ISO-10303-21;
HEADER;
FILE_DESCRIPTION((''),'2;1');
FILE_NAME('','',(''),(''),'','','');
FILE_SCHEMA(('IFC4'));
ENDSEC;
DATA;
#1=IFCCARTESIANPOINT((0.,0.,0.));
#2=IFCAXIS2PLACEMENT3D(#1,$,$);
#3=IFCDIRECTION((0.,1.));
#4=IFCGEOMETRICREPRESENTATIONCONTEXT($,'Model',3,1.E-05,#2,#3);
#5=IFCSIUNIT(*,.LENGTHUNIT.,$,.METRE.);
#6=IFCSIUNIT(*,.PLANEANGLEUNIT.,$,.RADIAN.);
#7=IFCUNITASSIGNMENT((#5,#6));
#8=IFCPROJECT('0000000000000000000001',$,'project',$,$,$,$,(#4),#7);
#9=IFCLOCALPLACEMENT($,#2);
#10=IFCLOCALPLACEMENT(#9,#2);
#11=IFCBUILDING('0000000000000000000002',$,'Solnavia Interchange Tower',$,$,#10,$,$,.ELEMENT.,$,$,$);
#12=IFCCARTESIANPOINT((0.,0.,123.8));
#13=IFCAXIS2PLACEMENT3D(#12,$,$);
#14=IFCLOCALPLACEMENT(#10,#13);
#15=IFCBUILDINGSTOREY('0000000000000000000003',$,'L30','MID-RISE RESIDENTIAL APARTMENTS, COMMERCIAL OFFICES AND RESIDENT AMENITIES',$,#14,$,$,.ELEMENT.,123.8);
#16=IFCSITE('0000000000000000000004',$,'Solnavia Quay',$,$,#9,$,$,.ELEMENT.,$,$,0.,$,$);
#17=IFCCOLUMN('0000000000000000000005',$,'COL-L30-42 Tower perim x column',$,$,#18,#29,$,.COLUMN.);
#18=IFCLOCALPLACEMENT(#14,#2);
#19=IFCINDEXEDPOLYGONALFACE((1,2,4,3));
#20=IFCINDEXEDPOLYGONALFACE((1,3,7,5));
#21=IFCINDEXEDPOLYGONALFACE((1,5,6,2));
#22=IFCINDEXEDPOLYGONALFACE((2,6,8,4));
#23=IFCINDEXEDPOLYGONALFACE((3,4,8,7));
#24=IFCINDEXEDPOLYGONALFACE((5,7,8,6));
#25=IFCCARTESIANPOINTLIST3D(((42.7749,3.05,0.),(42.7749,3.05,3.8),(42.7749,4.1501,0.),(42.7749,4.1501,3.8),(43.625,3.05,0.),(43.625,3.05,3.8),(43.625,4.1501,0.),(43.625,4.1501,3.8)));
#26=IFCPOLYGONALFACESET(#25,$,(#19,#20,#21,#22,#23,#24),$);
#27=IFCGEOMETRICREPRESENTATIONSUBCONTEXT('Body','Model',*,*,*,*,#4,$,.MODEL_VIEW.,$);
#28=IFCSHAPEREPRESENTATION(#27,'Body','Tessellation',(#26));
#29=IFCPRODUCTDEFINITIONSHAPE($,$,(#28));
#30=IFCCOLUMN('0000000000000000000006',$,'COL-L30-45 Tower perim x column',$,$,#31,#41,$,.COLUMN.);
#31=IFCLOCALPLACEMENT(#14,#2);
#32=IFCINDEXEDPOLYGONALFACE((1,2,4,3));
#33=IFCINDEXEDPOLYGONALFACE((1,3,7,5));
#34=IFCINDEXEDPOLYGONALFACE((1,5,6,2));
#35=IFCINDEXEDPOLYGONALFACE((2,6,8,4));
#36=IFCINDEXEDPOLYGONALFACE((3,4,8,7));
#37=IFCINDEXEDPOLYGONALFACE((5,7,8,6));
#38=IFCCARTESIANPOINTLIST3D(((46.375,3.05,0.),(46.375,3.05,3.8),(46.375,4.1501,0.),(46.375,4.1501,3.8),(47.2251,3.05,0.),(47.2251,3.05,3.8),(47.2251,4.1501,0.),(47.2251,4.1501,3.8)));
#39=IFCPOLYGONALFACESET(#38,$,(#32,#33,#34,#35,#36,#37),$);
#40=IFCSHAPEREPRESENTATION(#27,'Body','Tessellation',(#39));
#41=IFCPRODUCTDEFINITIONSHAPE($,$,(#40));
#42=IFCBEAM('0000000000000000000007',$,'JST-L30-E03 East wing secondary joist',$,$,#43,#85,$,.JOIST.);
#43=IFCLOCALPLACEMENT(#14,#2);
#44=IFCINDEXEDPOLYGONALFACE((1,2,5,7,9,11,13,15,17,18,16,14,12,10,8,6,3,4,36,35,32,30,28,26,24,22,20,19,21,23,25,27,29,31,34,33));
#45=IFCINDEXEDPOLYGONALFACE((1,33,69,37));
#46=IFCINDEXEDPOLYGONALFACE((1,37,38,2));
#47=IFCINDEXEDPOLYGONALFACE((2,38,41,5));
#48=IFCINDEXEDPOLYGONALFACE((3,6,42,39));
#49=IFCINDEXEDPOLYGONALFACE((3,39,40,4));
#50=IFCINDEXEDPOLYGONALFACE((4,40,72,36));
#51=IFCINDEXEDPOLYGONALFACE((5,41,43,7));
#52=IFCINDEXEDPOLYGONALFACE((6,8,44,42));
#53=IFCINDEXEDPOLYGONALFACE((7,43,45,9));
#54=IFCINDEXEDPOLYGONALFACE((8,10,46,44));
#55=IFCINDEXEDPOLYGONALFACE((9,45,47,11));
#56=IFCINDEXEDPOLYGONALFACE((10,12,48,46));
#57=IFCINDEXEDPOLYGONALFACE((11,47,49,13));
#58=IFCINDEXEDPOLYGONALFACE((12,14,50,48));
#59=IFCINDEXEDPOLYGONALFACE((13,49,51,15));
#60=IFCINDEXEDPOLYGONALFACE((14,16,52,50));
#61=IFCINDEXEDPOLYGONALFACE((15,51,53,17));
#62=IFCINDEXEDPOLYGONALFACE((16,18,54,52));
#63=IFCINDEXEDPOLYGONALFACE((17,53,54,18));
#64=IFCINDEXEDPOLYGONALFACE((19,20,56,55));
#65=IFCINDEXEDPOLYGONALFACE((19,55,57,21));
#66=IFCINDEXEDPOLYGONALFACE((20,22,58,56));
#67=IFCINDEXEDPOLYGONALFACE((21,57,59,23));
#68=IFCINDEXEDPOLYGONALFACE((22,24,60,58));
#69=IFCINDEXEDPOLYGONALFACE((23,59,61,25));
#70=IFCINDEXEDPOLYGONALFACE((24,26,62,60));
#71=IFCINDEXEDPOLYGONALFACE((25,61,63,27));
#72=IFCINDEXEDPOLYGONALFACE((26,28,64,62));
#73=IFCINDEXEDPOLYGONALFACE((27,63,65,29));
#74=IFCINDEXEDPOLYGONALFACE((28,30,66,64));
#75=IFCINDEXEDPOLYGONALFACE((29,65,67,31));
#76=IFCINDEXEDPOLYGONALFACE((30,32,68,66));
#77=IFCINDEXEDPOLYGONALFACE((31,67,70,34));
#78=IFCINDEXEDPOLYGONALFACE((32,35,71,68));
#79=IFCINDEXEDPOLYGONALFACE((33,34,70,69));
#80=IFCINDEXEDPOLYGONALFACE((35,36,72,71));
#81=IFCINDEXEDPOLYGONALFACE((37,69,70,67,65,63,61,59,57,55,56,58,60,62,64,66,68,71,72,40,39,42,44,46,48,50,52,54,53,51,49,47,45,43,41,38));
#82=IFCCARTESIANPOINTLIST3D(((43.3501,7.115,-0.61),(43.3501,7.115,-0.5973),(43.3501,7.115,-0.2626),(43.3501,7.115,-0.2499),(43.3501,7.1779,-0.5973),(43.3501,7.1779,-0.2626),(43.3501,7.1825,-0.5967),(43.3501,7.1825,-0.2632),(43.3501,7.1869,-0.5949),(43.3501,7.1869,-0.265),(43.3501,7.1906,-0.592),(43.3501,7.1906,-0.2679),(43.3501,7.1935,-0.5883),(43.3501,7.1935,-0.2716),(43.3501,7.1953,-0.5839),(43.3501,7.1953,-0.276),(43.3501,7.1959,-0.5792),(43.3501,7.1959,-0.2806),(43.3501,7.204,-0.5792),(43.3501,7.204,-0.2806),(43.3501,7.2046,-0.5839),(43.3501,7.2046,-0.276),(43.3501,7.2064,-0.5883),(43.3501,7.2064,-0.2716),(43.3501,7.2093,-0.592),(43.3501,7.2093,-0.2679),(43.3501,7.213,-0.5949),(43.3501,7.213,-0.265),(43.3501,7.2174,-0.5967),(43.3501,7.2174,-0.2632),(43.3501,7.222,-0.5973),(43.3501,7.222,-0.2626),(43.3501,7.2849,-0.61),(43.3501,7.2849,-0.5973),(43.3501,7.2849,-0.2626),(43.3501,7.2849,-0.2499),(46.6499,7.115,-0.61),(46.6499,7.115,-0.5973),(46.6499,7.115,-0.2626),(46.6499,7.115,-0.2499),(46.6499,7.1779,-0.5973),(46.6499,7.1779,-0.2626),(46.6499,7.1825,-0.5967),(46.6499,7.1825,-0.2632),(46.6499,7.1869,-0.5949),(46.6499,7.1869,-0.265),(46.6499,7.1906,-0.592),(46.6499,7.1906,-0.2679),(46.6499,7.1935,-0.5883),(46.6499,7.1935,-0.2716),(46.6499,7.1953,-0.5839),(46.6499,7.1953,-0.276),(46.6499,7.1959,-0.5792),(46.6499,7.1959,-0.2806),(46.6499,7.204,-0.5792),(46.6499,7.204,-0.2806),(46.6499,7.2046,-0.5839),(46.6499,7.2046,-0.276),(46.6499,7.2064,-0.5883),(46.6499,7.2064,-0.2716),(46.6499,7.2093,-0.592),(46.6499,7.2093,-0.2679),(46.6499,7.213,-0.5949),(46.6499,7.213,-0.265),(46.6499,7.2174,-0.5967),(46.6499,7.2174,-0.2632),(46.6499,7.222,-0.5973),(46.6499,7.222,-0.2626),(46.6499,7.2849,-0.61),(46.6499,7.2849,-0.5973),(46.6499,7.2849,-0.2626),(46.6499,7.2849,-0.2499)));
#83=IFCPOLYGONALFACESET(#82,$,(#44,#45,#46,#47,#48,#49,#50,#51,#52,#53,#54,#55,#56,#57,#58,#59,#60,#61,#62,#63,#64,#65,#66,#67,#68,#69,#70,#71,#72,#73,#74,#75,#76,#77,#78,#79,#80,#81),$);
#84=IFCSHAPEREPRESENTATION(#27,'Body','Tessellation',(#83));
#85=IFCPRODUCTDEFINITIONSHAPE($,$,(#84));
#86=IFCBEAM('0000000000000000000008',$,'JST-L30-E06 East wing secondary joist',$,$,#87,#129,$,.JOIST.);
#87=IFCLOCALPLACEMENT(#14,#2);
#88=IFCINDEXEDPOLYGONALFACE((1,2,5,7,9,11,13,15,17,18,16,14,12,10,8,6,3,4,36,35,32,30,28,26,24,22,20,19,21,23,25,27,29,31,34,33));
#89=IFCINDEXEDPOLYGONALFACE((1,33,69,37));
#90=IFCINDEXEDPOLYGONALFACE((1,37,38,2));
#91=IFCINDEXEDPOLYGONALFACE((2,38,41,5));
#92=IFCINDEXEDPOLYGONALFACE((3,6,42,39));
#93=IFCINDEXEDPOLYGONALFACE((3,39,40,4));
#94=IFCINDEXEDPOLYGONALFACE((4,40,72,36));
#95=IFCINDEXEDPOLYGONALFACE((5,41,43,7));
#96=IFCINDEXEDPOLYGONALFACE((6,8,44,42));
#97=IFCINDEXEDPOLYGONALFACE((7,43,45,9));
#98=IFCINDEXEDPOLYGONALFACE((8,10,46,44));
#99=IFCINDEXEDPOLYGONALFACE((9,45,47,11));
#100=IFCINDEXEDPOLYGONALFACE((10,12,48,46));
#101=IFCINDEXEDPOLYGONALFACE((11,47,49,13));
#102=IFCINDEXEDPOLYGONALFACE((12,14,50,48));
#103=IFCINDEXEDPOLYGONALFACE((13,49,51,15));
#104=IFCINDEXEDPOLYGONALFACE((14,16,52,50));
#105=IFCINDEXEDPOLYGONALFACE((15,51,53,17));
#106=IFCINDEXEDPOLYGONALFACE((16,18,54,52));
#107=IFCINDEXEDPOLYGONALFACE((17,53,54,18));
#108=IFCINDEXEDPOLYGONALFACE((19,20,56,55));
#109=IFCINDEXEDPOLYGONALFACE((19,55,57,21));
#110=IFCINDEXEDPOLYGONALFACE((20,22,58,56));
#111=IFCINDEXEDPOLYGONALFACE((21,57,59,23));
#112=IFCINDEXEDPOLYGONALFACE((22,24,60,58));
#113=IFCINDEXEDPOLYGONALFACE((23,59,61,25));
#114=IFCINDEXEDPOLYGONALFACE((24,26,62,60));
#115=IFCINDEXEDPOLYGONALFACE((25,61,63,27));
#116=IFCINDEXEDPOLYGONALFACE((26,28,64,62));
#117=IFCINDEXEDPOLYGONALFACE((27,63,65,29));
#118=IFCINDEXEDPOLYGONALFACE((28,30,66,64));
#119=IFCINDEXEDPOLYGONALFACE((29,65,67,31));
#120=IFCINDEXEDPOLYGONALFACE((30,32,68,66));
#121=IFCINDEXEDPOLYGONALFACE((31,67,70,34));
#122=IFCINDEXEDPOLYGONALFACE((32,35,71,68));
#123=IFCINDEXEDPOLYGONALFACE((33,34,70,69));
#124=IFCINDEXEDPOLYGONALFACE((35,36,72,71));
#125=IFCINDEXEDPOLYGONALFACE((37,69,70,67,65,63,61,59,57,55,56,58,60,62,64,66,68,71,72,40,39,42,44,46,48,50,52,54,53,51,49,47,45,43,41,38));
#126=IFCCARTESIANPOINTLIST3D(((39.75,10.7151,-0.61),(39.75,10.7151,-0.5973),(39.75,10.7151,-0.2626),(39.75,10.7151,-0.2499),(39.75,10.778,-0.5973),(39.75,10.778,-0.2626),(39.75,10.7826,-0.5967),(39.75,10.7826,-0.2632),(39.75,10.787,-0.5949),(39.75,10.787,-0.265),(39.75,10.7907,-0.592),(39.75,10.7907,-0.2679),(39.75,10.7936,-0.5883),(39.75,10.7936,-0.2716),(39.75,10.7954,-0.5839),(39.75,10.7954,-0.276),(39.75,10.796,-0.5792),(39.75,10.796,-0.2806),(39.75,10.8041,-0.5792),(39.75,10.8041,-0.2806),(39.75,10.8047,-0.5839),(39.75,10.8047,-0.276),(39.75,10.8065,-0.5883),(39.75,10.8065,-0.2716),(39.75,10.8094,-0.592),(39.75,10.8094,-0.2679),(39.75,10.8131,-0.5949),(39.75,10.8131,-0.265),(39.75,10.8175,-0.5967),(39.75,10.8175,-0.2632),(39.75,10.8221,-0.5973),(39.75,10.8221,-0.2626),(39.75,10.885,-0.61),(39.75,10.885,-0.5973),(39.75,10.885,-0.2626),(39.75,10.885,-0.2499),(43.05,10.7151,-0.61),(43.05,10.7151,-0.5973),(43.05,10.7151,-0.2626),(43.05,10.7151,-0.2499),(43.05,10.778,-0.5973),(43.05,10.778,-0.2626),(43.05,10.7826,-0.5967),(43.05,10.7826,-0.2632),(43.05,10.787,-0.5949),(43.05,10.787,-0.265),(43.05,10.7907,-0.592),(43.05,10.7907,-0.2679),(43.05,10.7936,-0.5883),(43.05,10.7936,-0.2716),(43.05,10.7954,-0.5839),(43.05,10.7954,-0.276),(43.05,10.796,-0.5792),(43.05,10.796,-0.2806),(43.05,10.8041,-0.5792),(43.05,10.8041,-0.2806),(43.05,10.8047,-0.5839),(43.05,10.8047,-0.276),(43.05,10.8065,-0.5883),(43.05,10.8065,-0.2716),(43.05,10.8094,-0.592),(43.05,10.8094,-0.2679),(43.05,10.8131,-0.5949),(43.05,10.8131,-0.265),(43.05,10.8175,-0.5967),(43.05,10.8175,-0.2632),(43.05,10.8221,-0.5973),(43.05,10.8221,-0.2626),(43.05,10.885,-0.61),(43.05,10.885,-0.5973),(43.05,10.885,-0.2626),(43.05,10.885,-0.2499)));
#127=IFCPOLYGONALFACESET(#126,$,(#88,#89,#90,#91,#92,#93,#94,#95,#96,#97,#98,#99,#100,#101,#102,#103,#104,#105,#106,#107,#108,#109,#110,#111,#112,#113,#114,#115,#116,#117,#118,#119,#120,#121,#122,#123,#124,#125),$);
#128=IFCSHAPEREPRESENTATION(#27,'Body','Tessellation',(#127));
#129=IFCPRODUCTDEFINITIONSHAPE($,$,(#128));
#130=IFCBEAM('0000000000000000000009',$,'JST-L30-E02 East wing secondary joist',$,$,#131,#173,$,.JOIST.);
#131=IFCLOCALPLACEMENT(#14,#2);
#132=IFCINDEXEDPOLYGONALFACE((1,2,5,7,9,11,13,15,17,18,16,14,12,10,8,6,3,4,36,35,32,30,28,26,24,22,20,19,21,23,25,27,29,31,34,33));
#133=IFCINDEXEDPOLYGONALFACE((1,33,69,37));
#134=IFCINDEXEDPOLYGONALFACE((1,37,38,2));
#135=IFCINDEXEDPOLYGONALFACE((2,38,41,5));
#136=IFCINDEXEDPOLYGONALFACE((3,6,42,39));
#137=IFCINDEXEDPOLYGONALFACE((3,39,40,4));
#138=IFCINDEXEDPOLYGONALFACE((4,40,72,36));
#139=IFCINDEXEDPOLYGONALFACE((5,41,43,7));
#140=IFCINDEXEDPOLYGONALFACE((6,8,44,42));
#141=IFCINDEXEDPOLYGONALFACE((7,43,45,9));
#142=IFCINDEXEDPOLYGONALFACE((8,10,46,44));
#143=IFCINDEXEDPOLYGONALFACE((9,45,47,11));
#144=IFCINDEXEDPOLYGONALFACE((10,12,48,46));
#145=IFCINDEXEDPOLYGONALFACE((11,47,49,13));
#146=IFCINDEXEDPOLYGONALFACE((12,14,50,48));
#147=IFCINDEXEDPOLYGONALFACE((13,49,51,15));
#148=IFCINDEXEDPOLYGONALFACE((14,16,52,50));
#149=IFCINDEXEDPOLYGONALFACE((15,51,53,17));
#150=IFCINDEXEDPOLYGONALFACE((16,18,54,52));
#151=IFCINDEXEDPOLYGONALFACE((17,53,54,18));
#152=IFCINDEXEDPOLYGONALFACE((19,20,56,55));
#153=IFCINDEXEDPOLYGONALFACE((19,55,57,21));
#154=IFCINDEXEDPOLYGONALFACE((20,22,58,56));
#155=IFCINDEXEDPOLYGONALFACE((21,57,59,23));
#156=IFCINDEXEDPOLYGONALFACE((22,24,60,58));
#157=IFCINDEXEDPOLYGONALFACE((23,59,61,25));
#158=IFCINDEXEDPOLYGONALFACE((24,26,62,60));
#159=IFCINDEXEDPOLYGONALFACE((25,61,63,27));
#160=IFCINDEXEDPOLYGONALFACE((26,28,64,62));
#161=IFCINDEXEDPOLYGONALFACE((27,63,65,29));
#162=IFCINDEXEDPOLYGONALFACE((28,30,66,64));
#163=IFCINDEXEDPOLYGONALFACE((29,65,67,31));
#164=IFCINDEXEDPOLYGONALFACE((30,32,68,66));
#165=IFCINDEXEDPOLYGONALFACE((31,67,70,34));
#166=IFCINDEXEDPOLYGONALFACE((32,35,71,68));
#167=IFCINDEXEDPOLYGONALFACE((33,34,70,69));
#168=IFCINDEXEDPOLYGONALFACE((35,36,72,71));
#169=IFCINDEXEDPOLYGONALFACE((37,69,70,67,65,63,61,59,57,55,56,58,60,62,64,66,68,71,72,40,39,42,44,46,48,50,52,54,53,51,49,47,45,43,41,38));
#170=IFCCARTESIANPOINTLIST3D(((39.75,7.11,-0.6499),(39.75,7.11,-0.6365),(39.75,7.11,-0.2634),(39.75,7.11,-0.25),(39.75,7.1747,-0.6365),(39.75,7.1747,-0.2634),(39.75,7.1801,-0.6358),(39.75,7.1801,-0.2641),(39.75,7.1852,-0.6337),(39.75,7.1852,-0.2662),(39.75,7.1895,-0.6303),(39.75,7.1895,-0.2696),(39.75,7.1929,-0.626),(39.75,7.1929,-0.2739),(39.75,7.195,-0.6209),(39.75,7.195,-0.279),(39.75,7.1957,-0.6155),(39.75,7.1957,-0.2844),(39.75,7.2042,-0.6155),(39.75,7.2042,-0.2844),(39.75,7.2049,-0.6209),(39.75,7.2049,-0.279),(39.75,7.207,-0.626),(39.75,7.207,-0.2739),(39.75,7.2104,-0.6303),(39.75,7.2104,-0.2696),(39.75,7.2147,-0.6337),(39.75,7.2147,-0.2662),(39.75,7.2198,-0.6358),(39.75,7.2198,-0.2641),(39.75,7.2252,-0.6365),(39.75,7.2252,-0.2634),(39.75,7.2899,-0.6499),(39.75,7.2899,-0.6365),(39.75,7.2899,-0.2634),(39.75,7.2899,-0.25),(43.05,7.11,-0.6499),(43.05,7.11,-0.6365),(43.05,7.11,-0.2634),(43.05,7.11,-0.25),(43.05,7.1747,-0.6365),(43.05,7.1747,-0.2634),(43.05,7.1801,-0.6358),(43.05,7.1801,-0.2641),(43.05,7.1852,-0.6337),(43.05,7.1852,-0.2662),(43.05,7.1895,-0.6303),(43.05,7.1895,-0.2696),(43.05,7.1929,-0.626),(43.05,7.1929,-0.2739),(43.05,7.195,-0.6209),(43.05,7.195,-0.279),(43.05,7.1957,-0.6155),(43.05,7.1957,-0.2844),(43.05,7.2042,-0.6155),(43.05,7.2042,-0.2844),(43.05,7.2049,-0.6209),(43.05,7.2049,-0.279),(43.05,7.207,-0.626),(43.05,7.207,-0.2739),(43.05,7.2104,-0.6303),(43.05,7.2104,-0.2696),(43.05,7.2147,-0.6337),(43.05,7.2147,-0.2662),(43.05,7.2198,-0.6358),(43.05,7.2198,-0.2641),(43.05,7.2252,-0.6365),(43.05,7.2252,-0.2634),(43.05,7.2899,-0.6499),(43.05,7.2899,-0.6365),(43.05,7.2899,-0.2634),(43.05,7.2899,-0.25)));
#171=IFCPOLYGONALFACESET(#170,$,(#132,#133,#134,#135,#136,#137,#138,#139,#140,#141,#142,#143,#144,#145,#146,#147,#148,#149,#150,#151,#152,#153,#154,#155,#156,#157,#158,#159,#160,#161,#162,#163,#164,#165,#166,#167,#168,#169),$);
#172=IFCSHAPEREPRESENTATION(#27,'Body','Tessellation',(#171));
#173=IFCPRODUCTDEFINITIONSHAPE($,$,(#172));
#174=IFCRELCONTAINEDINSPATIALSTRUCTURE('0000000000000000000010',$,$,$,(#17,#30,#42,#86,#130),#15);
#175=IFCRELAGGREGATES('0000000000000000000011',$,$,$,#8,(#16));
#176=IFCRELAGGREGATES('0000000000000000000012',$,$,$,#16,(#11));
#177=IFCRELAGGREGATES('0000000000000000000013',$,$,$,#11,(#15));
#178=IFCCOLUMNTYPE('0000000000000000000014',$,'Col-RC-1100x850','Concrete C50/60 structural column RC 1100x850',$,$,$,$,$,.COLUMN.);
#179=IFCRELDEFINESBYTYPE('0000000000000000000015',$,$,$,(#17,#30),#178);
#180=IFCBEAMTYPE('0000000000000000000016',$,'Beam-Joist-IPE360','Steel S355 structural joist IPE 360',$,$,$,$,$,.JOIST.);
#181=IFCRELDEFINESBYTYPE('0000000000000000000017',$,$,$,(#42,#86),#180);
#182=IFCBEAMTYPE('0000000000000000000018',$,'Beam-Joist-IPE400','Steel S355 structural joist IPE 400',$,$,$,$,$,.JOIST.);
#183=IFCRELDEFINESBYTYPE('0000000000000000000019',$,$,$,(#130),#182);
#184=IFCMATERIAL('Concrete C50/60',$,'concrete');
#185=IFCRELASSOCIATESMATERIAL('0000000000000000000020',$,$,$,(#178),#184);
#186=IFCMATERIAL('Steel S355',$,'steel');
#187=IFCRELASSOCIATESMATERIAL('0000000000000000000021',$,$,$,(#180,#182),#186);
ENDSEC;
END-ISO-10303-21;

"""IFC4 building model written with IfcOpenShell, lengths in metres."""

from ifc_helpers import new_model, si_unit, direction, frame, origin, origin_2d, place, context, subcontext, project, spatial, rectangle, i_section, extrude, material, material_profile, profile_set, type_object, element, save


model = new_model("IFC4")

# Units and contexts
model_context = context("Model", 3, precision=1e-05, world=origin(), true_north=direction((0.0, 1.0)))
body_context = subcontext(model_context, "Body", "Model", "MODEL_VIEW")
ifc_project = project(units=[si_unit("LENGTHUNIT", "METRE"), si_unit("PLANEANGLEUNIT", "RADIAN")], contexts=[model_context])

# Site, building, storey
site_placement = place(None, origin())
site = spatial("IfcSite", under=ifc_project, at=site_placement, Name="Solnavia Quay", CompositionType="ELEMENT", RefElevation=0.0)
building_placement = place(site_placement, origin())
building = spatial("IfcBuilding", under=site, at=building_placement, Name="Solnavia Interchange Tower", CompositionType="ELEMENT")
storey_placement = place(building_placement, frame((0.0, 0.0, 123.8)))
storey = spatial("IfcBuildingStorey", under=building, at=storey_placement, Name="L30", Description="MID-RISE RESIDENTIAL APARTMENTS, COMMERCIAL OFFICES AND RESIDENT AMENITIES", CompositionType="ELEMENT", Elevation=123.8)

# Columns
ifc_material_1 = material(Name="Concrete C50/60", Category="concrete")
ifc_material_profile_1 = material_profile(ifc_material_1, rectangle(XDim=0.8501, YDim=1.1001, at=origin_2d()), Name="RC 1100x850")
ifc_profile_set_1 = profile_set([ifc_material_profile_1], Name="Concrete C50/60")
column_type = type_object("IfcColumnType", Name="Col-RC-1100x850", Description="Concrete C50/60 structural column RC 1100x850", PredefinedType="COLUMN", material=ifc_profile_set_1)
for number, where, z_axis, x_axis, name in (
    (1, (43.2, 3.6001, 0.0), (0.0, 0.0, 1.0), (1.0, 0.0, 0.0), "COL-L30-42 Tower perim x column"),
    (2, (46.8, 3.6001, 0.0), (0.0, 0.0, 1.0), (1.0, 0.0, 0.0), "COL-L30-45 Tower perim x column"),
):
    element("IfcColumn", number, at=place(storey_placement, frame(where, z_axis=z_axis, x_axis=x_axis)), inside=storey, type_object=column_type, Name=name, PredefinedType="COLUMN", context=body_context, shape_type="SweptSolid", body=[
        extrude(rectangle(XDim=0.8501, YDim=1.1001, at=origin_2d()), origin(), (0.0, 0.0, 1.0), 3.8),
    ])

# Beams
ifc_material_2 = material(Name="Steel S355", Category="steel")
ifc_material_profile_2 = material_profile(ifc_material_2, i_section(OverallWidth=0.1699, OverallDepth=0.3601, WebThickness=0.0081, FlangeThickness=0.0127, FilletRadius=0.0181, at=origin_2d()), Name="IPE 360")
ifc_profile_set_2 = profile_set([ifc_material_profile_2], Name="Steel S355")
beam_type_1 = type_object("IfcBeamType", Name="Beam-Joist-IPE360", Description="Steel S355 structural joist IPE 360", PredefinedType="JOIST", material=ifc_profile_set_2)
beam_1_placement = place(storey_placement, frame((43.3501, 7.2, -0.4299), z_axis=(1.0, 0.0, 0.0), x_axis=(0.0, 1.0, 0.0)))
element("IfcBeam", 3, at=beam_1_placement, inside=storey, type_object=beam_type_1, Name="JST-L30-E03 East wing secondary joist", PredefinedType="JOIST", context=body_context, shape_type="SweptSolid", body=[
    extrude(i_section(OverallWidth=0.1699, OverallDepth=0.3601, WebThickness=0.0081, FlangeThickness=0.0127, FilletRadius=0.0181, at=origin_2d()), origin(), (0.0, 0.0, 1.0), 3.2998),
])
beam_2_placement = place(storey_placement, frame((39.75, 10.8, -0.4299), z_axis=(1.0, 0.0, 0.0), x_axis=(0.0, 1.0, 0.0)))
element("IfcBeam", 4, at=beam_2_placement, inside=storey, type_object=beam_type_1, Name="JST-L30-E06 East wing secondary joist", PredefinedType="JOIST", context=body_context, shape_type="SweptSolid", body=[
    extrude(i_section(OverallWidth=0.1699, OverallDepth=0.3601, WebThickness=0.0081, FlangeThickness=0.0127, FilletRadius=0.0181, at=origin_2d()), origin(), (0.0, 0.0, 1.0), 3.3),
])
ifc_material_profile_3 = material_profile(ifc_material_2, i_section(OverallWidth=0.1799, OverallDepth=0.3999, WebThickness=0.0085, FlangeThickness=0.0134, FilletRadius=0.021, at=origin_2d()), Name="IPE 400")
ifc_profile_set_3 = profile_set([ifc_material_profile_3], Name="Steel S355")
beam_type_2 = type_object("IfcBeamType", Name="Beam-Joist-IPE400", Description="Steel S355 structural joist IPE 400", PredefinedType="JOIST", material=ifc_profile_set_3)
beam_3_placement = place(storey_placement, frame((39.75, 7.2, -0.45), z_axis=(1.0, 0.0, 0.0), x_axis=(0.0, 1.0, 0.0)))
element("IfcBeam", 5, at=beam_3_placement, inside=storey, type_object=beam_type_2, Name="JST-L30-E02 East wing secondary joist", PredefinedType="JOIST", context=body_context, shape_type="SweptSolid", body=[
    extrude(i_section(OverallWidth=0.1799, OverallDepth=0.3999, WebThickness=0.0085, FlangeThickness=0.0134, FilletRadius=0.021, at=origin_2d()), origin(), (0.0, 0.0, 1.0), 3.3),
])

save(model, "model.ifc")
